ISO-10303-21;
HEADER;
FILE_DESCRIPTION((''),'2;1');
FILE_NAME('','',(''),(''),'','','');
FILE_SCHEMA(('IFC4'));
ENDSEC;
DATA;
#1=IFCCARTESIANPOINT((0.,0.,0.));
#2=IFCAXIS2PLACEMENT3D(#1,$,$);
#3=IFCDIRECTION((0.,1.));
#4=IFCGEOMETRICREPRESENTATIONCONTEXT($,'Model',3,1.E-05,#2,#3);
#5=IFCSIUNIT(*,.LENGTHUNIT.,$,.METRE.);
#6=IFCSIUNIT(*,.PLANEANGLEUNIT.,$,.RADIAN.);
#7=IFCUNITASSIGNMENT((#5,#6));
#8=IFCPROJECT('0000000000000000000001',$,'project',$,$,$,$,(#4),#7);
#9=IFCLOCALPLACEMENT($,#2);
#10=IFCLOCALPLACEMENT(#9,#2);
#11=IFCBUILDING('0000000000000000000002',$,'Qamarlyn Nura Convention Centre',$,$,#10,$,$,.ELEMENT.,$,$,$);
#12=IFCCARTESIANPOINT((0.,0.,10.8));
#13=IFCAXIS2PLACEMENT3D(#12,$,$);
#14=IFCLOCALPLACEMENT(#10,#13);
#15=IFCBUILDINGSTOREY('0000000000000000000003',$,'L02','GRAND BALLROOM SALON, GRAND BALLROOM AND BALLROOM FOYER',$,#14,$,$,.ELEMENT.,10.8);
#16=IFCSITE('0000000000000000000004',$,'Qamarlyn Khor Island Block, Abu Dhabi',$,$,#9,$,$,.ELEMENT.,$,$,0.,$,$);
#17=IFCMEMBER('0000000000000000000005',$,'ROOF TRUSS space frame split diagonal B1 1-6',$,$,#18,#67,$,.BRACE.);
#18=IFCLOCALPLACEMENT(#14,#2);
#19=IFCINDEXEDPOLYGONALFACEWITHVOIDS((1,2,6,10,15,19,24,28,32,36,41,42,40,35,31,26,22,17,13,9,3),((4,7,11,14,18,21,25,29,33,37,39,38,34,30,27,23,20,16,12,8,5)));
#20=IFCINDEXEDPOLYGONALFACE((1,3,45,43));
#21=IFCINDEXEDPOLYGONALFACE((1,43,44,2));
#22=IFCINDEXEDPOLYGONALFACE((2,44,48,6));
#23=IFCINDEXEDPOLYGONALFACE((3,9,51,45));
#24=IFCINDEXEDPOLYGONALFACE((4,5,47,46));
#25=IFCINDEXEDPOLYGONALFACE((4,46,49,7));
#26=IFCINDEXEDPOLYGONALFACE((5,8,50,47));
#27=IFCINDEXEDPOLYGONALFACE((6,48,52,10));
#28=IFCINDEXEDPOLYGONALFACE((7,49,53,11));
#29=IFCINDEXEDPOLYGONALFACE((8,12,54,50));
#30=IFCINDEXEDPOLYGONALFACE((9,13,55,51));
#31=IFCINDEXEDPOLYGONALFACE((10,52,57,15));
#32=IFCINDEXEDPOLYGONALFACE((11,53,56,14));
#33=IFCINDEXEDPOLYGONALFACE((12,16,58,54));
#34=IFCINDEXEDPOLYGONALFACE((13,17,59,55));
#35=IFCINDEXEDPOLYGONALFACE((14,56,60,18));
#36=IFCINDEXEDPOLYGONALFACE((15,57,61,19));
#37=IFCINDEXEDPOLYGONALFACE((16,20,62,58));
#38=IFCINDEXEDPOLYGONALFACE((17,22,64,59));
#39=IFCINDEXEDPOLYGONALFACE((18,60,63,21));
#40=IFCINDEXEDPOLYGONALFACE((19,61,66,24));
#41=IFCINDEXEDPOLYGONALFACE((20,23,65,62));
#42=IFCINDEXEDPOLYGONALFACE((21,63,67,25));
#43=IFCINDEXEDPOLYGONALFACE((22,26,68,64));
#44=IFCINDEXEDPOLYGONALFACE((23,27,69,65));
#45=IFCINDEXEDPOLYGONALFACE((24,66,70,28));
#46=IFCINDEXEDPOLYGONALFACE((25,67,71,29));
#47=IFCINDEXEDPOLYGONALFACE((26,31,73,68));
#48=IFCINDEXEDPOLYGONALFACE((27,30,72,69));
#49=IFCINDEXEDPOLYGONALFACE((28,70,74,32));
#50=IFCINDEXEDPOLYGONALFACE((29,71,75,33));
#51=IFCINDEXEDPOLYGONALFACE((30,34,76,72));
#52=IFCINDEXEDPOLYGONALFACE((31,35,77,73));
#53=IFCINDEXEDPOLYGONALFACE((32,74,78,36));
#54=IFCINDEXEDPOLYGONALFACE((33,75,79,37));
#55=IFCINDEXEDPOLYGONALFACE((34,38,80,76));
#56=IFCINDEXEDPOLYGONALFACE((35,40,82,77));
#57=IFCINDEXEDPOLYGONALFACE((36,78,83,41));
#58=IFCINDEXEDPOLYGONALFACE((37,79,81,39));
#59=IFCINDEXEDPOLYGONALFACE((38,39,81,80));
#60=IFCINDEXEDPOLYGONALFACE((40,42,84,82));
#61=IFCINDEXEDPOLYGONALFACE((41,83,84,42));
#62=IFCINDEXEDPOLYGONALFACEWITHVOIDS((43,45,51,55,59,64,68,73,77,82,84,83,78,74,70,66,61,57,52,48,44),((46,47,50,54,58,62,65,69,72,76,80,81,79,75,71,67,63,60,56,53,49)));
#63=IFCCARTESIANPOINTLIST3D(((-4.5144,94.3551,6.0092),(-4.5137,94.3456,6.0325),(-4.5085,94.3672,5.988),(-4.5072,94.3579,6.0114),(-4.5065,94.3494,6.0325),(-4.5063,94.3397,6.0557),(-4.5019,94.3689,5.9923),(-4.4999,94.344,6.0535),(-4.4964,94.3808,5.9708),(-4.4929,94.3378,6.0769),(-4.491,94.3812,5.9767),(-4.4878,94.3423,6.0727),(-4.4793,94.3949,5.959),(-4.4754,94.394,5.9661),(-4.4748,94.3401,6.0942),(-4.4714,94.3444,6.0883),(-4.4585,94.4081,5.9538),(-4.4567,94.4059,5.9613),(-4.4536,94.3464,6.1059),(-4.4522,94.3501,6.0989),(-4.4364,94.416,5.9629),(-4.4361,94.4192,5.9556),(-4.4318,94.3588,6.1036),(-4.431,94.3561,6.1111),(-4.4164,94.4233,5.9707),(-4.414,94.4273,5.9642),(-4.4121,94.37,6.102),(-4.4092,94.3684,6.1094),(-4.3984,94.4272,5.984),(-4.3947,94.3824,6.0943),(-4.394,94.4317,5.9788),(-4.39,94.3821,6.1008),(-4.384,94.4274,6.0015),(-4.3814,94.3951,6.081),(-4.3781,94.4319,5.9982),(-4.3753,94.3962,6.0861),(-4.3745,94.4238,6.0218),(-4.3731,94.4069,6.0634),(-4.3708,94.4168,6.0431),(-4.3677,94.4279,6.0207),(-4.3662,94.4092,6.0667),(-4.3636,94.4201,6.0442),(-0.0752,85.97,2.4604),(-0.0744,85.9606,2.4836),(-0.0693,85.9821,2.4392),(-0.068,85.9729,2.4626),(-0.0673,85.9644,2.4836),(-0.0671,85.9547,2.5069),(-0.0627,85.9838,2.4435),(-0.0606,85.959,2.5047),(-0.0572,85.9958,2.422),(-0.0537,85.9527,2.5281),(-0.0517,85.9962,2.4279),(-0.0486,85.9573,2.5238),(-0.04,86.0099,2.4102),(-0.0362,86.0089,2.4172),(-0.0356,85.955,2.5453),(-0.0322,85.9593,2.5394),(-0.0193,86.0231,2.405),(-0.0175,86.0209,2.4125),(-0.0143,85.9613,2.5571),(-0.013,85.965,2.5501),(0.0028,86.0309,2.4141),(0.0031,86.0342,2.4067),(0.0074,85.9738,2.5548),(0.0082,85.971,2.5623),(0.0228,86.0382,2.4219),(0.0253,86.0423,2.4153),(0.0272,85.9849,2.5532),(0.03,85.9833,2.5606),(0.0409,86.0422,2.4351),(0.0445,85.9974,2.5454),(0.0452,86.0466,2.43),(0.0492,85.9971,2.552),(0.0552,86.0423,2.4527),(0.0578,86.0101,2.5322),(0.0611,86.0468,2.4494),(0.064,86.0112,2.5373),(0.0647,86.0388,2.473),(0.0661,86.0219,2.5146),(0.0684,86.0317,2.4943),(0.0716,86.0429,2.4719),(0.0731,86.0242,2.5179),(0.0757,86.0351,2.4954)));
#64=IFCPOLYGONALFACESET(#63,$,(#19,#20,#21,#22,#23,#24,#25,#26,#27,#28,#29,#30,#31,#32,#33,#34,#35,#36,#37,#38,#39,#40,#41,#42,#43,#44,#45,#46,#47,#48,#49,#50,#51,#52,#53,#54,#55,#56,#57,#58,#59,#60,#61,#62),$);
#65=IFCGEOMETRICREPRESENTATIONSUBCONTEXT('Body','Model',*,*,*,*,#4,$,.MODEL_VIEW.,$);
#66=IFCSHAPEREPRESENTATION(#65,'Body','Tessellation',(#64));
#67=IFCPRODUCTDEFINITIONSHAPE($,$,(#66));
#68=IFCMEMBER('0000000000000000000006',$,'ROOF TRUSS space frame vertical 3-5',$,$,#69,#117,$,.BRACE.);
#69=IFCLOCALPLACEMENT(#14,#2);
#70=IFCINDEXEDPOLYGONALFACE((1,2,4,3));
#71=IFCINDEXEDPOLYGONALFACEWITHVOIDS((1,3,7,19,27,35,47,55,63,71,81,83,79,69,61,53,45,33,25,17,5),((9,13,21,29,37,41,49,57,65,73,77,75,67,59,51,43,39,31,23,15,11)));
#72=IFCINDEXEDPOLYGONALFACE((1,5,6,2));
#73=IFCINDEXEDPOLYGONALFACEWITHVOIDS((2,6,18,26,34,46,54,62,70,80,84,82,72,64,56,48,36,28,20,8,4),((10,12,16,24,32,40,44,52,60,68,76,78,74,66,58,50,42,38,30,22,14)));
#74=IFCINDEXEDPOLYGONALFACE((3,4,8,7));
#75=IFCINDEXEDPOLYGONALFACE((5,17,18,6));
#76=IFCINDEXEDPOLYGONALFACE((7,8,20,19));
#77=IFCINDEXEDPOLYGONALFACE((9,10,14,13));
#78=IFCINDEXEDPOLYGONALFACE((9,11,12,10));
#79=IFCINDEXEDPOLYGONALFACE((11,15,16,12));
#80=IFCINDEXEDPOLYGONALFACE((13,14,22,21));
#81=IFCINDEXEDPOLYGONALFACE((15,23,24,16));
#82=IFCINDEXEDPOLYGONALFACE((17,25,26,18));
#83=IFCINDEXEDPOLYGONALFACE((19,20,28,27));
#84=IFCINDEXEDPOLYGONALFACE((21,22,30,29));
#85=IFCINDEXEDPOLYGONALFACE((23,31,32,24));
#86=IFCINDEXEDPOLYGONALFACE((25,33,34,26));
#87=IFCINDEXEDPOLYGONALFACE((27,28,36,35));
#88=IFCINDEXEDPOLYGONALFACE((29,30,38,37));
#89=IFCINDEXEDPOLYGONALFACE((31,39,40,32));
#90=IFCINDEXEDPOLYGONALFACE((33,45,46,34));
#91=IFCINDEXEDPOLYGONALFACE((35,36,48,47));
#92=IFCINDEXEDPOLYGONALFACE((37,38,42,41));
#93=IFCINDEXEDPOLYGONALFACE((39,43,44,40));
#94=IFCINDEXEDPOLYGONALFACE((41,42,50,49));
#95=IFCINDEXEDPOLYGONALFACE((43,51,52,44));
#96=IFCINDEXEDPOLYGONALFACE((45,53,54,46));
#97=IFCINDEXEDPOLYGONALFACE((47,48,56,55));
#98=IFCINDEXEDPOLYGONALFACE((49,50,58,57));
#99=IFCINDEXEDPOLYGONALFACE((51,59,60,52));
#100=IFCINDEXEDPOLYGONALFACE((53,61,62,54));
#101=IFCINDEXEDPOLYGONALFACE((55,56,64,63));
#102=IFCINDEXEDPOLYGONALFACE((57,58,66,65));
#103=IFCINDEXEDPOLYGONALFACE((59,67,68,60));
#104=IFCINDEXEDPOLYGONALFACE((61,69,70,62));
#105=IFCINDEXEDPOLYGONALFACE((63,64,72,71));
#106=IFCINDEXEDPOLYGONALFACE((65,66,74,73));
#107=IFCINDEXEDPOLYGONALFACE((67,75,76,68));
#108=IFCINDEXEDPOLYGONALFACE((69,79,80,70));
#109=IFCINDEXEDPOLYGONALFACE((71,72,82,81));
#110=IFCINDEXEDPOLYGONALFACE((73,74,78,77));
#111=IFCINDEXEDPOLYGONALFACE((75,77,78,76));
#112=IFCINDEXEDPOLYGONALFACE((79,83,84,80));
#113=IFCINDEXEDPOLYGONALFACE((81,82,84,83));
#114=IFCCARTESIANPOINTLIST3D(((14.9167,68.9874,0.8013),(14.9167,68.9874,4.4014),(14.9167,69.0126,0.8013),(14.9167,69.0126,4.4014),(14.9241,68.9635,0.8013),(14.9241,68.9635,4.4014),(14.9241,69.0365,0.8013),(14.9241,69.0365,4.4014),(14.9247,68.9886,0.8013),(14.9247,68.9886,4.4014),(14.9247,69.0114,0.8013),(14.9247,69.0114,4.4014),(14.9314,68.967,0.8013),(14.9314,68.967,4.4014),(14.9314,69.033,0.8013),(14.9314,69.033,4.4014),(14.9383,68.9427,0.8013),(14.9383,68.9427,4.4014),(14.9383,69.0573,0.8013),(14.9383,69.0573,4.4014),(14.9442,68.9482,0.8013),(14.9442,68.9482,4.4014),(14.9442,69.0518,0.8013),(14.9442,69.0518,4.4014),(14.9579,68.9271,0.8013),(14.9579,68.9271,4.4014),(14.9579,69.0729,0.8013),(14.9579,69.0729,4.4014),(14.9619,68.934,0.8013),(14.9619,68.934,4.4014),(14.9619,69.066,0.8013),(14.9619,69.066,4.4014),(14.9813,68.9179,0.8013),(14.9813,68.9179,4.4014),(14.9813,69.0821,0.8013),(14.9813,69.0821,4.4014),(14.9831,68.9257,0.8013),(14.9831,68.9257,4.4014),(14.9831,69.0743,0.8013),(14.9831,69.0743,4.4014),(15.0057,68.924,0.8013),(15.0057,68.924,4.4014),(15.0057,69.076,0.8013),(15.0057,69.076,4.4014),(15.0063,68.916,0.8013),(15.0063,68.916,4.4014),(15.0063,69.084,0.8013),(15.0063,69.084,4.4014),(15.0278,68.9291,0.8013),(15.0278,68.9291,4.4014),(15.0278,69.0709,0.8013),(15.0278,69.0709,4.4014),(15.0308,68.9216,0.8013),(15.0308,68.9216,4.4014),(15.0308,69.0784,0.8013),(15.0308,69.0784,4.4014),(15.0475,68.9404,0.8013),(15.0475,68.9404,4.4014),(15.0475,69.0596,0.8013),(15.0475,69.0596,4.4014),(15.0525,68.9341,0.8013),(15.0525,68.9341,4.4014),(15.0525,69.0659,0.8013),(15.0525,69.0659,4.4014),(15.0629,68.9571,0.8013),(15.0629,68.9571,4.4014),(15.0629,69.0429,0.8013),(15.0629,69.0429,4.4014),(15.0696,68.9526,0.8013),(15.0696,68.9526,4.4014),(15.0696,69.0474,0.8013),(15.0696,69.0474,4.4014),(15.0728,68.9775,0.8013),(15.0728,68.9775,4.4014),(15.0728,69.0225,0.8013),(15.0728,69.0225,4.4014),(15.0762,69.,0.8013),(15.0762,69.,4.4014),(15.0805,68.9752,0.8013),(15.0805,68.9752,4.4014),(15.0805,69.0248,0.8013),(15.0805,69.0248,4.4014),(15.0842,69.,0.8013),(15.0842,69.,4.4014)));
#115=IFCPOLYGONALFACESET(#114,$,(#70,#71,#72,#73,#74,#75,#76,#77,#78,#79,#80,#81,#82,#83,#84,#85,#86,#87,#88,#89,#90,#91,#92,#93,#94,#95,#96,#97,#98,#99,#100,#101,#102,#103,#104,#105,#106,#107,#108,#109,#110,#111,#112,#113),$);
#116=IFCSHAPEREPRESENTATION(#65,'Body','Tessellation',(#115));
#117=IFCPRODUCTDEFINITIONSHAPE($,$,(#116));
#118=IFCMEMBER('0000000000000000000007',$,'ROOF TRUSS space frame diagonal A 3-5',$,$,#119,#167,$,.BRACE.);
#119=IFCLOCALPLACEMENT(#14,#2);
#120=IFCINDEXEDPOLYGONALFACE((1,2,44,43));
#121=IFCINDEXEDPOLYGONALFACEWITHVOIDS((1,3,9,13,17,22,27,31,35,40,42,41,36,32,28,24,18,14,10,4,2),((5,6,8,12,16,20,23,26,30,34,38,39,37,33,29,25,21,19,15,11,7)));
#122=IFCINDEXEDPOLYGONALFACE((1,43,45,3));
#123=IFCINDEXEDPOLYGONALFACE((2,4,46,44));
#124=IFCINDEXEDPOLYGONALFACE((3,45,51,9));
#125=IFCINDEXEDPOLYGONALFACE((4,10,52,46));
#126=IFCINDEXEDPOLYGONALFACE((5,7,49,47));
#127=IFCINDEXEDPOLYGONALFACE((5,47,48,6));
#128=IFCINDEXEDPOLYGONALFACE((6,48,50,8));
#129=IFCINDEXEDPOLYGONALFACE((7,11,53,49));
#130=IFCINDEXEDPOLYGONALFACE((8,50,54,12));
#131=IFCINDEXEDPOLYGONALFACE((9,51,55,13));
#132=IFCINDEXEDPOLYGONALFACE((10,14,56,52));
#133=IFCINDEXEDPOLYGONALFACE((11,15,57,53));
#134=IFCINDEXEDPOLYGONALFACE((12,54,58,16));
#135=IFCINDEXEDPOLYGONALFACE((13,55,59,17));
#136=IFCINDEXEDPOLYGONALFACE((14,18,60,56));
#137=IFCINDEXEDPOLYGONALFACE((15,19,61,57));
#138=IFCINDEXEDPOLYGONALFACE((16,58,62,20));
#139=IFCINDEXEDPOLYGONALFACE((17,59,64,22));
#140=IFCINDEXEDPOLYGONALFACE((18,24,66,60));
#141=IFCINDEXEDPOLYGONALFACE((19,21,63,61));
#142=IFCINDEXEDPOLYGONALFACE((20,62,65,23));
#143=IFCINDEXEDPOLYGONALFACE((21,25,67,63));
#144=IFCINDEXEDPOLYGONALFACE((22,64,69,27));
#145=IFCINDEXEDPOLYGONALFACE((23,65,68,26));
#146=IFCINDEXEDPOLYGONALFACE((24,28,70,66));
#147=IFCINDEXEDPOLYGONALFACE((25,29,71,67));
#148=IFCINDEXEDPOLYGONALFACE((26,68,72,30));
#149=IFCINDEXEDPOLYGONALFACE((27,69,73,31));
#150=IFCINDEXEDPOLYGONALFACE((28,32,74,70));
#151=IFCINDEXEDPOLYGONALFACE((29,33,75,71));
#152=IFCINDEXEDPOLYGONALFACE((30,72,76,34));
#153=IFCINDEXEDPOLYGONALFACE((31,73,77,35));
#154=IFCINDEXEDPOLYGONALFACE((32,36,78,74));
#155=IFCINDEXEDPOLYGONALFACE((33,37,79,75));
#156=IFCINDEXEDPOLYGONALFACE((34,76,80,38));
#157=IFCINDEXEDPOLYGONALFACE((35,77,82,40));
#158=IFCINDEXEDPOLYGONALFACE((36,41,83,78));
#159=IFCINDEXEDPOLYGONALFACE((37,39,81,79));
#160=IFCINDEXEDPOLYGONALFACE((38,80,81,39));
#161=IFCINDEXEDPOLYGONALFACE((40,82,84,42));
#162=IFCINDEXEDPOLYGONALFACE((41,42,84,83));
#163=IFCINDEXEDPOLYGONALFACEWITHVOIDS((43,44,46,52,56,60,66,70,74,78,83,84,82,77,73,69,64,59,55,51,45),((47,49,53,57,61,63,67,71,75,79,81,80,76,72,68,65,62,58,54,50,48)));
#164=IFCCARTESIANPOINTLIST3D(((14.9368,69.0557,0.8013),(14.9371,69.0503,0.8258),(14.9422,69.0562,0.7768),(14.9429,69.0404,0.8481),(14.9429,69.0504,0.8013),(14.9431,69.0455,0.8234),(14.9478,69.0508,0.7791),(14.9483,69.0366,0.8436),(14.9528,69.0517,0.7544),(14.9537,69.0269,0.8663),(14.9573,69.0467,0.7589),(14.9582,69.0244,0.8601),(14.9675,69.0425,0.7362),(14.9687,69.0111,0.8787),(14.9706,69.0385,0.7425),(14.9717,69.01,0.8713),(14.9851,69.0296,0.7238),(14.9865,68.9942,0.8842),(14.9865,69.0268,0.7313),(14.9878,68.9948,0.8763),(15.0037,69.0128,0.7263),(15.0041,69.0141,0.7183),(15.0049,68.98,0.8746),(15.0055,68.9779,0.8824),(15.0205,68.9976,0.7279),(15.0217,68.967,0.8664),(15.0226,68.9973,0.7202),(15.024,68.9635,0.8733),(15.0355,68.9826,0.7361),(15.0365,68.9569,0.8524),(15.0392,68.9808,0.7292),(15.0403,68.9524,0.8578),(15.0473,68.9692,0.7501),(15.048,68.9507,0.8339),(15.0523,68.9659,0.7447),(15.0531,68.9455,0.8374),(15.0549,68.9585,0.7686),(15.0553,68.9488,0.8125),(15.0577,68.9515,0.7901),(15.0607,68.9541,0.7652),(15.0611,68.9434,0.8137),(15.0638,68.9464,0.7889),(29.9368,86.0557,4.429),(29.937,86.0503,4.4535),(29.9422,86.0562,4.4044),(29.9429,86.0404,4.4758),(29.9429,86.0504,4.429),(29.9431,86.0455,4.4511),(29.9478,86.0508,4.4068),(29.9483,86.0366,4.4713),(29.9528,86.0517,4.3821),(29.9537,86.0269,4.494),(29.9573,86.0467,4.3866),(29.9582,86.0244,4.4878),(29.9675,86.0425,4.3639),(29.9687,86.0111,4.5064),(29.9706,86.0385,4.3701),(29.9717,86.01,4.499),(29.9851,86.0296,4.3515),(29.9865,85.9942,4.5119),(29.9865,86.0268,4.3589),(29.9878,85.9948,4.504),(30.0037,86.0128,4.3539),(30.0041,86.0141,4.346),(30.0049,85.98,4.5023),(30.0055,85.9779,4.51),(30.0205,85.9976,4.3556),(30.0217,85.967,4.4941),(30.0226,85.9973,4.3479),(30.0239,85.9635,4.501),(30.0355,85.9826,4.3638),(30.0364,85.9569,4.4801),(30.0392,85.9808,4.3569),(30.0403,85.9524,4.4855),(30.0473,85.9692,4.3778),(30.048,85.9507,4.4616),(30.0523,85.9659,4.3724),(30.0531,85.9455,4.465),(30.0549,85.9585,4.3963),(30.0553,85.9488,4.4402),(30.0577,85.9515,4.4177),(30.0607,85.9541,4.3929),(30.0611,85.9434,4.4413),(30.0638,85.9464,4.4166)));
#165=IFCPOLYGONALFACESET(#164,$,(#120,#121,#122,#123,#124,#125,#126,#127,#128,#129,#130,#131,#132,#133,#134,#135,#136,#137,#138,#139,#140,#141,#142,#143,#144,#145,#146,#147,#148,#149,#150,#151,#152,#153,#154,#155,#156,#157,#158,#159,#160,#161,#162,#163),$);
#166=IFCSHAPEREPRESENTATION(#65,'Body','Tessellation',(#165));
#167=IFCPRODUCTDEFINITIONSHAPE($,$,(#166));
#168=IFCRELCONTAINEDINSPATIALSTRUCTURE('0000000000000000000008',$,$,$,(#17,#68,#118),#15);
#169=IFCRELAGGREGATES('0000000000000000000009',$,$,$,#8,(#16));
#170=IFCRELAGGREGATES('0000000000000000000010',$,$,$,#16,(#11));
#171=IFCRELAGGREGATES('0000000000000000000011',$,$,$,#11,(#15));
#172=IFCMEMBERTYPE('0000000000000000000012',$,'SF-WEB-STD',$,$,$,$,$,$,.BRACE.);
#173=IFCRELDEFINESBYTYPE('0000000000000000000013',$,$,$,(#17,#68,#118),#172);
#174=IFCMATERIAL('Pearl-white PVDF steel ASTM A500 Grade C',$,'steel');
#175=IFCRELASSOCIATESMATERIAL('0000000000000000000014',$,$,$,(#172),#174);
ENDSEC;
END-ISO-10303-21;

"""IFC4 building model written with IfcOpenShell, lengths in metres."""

from ifc_helpers import new_model, si_unit, direction, frame, origin, origin_2d, place, context, subcontext, project, spatial, hollow_circle, extrude, material, material_profile, profile_set, type_object, element, save


model = new_model("IFC4")

# Units and contexts
model_context = context("Model", 3, precision=1e-05, world=origin(), true_north=direction((0.0, 1.0)))
body_context = subcontext(model_context, "Body", "Model", "MODEL_VIEW")
ifc_project = project(units=[si_unit("LENGTHUNIT", "METRE"), si_unit("PLANEANGLEUNIT", "RADIAN")], contexts=[model_context])

# Site, building, storey
site_placement = place(None, origin())
site = spatial("IfcSite", under=ifc_project, at=site_placement, Name="Qamarlyn Khor Island Block, Abu Dhabi", CompositionType="ELEMENT", RefElevation=0.0)
building_placement = place(site_placement, origin())
building = spatial("IfcBuilding", under=site, at=building_placement, Name="Qamarlyn Nura Convention Centre", CompositionType="ELEMENT")
storey_placement = place(building_placement, frame((0.0, 0.0, 10.8)))
storey = spatial("IfcBuildingStorey", under=building, at=storey_placement, Name="L02", Description="GRAND BALLROOM SALON, GRAND BALLROOM AND BALLROOM FOYER", CompositionType="ELEMENT", Elevation=10.8)

# Members
ifc_material_1 = material(Name="Pearl-white PVDF steel ASTM A500 Grade C", Category="steel")
ifc_material_profile_1 = material_profile(ifc_material_1, hollow_circle(Radius=0.0842, WallThickness=0.0081, at=origin_2d()), Name="CHS168.3X8")
ifc_profile_set_1 = profile_set([ifc_material_profile_1], Name="Pearl-white PVDF steel ASTM A500 Grade C")
member_type_1 = type_object("IfcMemberType", Name="SF-WEB-STD", PredefinedType="BRACE", material=ifc_profile_set_1)
member_1_placement = place(storey_placement, frame((0.0, 86.0, 2.4836), z_axis=(-0.438241, 0.827772, 0.350342), x_axis=(-0.883784, -0.467895, 0.0)))
element("IfcMember", 1, at=member_1_placement, inside=storey, type_object=member_type_1, Name="ROOF TRUSS space frame split diagonal B1 1-6", PredefinedType="BRACE", context=body_context, shape_type="SweptSolid", body=[
    extrude(hollow_circle(Radius=0.0842, WallThickness=0.0081, at=origin_2d()), origin(), (0.0, 0.0, 1.0), 10.1296),
])
member_2_placement = place(storey_placement, frame((15.0, 69.0, 0.8013), z_axis=(0.0, 0.0, 1.0), x_axis=(1.0, 0.0, 0.0)))
element("IfcMember", 2, at=member_2_placement, inside=storey, type_object=member_type_1, Name="ROOF TRUSS space frame vertical 3-5", PredefinedType="BRACE", context=body_context, shape_type="SweptSolid", body=[
    extrude(hollow_circle(Radius=0.0842, WallThickness=0.0081, at=origin_2d()), origin(), (0.0, 0.0, 1.0), 3.6001),
])
member_3_placement = place(storey_placement, frame((15.0, 69.0, 0.8013), z_axis=(0.653311, 0.740419, 0.158), x_axis=(-0.749838, 0.661622, 0.0)))
element("IfcMember", 3, at=member_3_placement, inside=storey, type_object=member_type_1, Name="ROOF TRUSS space frame diagonal A 3-5", PredefinedType="BRACE", context=body_context, shape_type="SweptSolid", body=[
    extrude(hollow_circle(Radius=0.0842, WallThickness=0.0081, at=origin_2d()), origin(), (0.0, 0.0, 1.0), 22.96),
])

save(model, "model.ifc")
